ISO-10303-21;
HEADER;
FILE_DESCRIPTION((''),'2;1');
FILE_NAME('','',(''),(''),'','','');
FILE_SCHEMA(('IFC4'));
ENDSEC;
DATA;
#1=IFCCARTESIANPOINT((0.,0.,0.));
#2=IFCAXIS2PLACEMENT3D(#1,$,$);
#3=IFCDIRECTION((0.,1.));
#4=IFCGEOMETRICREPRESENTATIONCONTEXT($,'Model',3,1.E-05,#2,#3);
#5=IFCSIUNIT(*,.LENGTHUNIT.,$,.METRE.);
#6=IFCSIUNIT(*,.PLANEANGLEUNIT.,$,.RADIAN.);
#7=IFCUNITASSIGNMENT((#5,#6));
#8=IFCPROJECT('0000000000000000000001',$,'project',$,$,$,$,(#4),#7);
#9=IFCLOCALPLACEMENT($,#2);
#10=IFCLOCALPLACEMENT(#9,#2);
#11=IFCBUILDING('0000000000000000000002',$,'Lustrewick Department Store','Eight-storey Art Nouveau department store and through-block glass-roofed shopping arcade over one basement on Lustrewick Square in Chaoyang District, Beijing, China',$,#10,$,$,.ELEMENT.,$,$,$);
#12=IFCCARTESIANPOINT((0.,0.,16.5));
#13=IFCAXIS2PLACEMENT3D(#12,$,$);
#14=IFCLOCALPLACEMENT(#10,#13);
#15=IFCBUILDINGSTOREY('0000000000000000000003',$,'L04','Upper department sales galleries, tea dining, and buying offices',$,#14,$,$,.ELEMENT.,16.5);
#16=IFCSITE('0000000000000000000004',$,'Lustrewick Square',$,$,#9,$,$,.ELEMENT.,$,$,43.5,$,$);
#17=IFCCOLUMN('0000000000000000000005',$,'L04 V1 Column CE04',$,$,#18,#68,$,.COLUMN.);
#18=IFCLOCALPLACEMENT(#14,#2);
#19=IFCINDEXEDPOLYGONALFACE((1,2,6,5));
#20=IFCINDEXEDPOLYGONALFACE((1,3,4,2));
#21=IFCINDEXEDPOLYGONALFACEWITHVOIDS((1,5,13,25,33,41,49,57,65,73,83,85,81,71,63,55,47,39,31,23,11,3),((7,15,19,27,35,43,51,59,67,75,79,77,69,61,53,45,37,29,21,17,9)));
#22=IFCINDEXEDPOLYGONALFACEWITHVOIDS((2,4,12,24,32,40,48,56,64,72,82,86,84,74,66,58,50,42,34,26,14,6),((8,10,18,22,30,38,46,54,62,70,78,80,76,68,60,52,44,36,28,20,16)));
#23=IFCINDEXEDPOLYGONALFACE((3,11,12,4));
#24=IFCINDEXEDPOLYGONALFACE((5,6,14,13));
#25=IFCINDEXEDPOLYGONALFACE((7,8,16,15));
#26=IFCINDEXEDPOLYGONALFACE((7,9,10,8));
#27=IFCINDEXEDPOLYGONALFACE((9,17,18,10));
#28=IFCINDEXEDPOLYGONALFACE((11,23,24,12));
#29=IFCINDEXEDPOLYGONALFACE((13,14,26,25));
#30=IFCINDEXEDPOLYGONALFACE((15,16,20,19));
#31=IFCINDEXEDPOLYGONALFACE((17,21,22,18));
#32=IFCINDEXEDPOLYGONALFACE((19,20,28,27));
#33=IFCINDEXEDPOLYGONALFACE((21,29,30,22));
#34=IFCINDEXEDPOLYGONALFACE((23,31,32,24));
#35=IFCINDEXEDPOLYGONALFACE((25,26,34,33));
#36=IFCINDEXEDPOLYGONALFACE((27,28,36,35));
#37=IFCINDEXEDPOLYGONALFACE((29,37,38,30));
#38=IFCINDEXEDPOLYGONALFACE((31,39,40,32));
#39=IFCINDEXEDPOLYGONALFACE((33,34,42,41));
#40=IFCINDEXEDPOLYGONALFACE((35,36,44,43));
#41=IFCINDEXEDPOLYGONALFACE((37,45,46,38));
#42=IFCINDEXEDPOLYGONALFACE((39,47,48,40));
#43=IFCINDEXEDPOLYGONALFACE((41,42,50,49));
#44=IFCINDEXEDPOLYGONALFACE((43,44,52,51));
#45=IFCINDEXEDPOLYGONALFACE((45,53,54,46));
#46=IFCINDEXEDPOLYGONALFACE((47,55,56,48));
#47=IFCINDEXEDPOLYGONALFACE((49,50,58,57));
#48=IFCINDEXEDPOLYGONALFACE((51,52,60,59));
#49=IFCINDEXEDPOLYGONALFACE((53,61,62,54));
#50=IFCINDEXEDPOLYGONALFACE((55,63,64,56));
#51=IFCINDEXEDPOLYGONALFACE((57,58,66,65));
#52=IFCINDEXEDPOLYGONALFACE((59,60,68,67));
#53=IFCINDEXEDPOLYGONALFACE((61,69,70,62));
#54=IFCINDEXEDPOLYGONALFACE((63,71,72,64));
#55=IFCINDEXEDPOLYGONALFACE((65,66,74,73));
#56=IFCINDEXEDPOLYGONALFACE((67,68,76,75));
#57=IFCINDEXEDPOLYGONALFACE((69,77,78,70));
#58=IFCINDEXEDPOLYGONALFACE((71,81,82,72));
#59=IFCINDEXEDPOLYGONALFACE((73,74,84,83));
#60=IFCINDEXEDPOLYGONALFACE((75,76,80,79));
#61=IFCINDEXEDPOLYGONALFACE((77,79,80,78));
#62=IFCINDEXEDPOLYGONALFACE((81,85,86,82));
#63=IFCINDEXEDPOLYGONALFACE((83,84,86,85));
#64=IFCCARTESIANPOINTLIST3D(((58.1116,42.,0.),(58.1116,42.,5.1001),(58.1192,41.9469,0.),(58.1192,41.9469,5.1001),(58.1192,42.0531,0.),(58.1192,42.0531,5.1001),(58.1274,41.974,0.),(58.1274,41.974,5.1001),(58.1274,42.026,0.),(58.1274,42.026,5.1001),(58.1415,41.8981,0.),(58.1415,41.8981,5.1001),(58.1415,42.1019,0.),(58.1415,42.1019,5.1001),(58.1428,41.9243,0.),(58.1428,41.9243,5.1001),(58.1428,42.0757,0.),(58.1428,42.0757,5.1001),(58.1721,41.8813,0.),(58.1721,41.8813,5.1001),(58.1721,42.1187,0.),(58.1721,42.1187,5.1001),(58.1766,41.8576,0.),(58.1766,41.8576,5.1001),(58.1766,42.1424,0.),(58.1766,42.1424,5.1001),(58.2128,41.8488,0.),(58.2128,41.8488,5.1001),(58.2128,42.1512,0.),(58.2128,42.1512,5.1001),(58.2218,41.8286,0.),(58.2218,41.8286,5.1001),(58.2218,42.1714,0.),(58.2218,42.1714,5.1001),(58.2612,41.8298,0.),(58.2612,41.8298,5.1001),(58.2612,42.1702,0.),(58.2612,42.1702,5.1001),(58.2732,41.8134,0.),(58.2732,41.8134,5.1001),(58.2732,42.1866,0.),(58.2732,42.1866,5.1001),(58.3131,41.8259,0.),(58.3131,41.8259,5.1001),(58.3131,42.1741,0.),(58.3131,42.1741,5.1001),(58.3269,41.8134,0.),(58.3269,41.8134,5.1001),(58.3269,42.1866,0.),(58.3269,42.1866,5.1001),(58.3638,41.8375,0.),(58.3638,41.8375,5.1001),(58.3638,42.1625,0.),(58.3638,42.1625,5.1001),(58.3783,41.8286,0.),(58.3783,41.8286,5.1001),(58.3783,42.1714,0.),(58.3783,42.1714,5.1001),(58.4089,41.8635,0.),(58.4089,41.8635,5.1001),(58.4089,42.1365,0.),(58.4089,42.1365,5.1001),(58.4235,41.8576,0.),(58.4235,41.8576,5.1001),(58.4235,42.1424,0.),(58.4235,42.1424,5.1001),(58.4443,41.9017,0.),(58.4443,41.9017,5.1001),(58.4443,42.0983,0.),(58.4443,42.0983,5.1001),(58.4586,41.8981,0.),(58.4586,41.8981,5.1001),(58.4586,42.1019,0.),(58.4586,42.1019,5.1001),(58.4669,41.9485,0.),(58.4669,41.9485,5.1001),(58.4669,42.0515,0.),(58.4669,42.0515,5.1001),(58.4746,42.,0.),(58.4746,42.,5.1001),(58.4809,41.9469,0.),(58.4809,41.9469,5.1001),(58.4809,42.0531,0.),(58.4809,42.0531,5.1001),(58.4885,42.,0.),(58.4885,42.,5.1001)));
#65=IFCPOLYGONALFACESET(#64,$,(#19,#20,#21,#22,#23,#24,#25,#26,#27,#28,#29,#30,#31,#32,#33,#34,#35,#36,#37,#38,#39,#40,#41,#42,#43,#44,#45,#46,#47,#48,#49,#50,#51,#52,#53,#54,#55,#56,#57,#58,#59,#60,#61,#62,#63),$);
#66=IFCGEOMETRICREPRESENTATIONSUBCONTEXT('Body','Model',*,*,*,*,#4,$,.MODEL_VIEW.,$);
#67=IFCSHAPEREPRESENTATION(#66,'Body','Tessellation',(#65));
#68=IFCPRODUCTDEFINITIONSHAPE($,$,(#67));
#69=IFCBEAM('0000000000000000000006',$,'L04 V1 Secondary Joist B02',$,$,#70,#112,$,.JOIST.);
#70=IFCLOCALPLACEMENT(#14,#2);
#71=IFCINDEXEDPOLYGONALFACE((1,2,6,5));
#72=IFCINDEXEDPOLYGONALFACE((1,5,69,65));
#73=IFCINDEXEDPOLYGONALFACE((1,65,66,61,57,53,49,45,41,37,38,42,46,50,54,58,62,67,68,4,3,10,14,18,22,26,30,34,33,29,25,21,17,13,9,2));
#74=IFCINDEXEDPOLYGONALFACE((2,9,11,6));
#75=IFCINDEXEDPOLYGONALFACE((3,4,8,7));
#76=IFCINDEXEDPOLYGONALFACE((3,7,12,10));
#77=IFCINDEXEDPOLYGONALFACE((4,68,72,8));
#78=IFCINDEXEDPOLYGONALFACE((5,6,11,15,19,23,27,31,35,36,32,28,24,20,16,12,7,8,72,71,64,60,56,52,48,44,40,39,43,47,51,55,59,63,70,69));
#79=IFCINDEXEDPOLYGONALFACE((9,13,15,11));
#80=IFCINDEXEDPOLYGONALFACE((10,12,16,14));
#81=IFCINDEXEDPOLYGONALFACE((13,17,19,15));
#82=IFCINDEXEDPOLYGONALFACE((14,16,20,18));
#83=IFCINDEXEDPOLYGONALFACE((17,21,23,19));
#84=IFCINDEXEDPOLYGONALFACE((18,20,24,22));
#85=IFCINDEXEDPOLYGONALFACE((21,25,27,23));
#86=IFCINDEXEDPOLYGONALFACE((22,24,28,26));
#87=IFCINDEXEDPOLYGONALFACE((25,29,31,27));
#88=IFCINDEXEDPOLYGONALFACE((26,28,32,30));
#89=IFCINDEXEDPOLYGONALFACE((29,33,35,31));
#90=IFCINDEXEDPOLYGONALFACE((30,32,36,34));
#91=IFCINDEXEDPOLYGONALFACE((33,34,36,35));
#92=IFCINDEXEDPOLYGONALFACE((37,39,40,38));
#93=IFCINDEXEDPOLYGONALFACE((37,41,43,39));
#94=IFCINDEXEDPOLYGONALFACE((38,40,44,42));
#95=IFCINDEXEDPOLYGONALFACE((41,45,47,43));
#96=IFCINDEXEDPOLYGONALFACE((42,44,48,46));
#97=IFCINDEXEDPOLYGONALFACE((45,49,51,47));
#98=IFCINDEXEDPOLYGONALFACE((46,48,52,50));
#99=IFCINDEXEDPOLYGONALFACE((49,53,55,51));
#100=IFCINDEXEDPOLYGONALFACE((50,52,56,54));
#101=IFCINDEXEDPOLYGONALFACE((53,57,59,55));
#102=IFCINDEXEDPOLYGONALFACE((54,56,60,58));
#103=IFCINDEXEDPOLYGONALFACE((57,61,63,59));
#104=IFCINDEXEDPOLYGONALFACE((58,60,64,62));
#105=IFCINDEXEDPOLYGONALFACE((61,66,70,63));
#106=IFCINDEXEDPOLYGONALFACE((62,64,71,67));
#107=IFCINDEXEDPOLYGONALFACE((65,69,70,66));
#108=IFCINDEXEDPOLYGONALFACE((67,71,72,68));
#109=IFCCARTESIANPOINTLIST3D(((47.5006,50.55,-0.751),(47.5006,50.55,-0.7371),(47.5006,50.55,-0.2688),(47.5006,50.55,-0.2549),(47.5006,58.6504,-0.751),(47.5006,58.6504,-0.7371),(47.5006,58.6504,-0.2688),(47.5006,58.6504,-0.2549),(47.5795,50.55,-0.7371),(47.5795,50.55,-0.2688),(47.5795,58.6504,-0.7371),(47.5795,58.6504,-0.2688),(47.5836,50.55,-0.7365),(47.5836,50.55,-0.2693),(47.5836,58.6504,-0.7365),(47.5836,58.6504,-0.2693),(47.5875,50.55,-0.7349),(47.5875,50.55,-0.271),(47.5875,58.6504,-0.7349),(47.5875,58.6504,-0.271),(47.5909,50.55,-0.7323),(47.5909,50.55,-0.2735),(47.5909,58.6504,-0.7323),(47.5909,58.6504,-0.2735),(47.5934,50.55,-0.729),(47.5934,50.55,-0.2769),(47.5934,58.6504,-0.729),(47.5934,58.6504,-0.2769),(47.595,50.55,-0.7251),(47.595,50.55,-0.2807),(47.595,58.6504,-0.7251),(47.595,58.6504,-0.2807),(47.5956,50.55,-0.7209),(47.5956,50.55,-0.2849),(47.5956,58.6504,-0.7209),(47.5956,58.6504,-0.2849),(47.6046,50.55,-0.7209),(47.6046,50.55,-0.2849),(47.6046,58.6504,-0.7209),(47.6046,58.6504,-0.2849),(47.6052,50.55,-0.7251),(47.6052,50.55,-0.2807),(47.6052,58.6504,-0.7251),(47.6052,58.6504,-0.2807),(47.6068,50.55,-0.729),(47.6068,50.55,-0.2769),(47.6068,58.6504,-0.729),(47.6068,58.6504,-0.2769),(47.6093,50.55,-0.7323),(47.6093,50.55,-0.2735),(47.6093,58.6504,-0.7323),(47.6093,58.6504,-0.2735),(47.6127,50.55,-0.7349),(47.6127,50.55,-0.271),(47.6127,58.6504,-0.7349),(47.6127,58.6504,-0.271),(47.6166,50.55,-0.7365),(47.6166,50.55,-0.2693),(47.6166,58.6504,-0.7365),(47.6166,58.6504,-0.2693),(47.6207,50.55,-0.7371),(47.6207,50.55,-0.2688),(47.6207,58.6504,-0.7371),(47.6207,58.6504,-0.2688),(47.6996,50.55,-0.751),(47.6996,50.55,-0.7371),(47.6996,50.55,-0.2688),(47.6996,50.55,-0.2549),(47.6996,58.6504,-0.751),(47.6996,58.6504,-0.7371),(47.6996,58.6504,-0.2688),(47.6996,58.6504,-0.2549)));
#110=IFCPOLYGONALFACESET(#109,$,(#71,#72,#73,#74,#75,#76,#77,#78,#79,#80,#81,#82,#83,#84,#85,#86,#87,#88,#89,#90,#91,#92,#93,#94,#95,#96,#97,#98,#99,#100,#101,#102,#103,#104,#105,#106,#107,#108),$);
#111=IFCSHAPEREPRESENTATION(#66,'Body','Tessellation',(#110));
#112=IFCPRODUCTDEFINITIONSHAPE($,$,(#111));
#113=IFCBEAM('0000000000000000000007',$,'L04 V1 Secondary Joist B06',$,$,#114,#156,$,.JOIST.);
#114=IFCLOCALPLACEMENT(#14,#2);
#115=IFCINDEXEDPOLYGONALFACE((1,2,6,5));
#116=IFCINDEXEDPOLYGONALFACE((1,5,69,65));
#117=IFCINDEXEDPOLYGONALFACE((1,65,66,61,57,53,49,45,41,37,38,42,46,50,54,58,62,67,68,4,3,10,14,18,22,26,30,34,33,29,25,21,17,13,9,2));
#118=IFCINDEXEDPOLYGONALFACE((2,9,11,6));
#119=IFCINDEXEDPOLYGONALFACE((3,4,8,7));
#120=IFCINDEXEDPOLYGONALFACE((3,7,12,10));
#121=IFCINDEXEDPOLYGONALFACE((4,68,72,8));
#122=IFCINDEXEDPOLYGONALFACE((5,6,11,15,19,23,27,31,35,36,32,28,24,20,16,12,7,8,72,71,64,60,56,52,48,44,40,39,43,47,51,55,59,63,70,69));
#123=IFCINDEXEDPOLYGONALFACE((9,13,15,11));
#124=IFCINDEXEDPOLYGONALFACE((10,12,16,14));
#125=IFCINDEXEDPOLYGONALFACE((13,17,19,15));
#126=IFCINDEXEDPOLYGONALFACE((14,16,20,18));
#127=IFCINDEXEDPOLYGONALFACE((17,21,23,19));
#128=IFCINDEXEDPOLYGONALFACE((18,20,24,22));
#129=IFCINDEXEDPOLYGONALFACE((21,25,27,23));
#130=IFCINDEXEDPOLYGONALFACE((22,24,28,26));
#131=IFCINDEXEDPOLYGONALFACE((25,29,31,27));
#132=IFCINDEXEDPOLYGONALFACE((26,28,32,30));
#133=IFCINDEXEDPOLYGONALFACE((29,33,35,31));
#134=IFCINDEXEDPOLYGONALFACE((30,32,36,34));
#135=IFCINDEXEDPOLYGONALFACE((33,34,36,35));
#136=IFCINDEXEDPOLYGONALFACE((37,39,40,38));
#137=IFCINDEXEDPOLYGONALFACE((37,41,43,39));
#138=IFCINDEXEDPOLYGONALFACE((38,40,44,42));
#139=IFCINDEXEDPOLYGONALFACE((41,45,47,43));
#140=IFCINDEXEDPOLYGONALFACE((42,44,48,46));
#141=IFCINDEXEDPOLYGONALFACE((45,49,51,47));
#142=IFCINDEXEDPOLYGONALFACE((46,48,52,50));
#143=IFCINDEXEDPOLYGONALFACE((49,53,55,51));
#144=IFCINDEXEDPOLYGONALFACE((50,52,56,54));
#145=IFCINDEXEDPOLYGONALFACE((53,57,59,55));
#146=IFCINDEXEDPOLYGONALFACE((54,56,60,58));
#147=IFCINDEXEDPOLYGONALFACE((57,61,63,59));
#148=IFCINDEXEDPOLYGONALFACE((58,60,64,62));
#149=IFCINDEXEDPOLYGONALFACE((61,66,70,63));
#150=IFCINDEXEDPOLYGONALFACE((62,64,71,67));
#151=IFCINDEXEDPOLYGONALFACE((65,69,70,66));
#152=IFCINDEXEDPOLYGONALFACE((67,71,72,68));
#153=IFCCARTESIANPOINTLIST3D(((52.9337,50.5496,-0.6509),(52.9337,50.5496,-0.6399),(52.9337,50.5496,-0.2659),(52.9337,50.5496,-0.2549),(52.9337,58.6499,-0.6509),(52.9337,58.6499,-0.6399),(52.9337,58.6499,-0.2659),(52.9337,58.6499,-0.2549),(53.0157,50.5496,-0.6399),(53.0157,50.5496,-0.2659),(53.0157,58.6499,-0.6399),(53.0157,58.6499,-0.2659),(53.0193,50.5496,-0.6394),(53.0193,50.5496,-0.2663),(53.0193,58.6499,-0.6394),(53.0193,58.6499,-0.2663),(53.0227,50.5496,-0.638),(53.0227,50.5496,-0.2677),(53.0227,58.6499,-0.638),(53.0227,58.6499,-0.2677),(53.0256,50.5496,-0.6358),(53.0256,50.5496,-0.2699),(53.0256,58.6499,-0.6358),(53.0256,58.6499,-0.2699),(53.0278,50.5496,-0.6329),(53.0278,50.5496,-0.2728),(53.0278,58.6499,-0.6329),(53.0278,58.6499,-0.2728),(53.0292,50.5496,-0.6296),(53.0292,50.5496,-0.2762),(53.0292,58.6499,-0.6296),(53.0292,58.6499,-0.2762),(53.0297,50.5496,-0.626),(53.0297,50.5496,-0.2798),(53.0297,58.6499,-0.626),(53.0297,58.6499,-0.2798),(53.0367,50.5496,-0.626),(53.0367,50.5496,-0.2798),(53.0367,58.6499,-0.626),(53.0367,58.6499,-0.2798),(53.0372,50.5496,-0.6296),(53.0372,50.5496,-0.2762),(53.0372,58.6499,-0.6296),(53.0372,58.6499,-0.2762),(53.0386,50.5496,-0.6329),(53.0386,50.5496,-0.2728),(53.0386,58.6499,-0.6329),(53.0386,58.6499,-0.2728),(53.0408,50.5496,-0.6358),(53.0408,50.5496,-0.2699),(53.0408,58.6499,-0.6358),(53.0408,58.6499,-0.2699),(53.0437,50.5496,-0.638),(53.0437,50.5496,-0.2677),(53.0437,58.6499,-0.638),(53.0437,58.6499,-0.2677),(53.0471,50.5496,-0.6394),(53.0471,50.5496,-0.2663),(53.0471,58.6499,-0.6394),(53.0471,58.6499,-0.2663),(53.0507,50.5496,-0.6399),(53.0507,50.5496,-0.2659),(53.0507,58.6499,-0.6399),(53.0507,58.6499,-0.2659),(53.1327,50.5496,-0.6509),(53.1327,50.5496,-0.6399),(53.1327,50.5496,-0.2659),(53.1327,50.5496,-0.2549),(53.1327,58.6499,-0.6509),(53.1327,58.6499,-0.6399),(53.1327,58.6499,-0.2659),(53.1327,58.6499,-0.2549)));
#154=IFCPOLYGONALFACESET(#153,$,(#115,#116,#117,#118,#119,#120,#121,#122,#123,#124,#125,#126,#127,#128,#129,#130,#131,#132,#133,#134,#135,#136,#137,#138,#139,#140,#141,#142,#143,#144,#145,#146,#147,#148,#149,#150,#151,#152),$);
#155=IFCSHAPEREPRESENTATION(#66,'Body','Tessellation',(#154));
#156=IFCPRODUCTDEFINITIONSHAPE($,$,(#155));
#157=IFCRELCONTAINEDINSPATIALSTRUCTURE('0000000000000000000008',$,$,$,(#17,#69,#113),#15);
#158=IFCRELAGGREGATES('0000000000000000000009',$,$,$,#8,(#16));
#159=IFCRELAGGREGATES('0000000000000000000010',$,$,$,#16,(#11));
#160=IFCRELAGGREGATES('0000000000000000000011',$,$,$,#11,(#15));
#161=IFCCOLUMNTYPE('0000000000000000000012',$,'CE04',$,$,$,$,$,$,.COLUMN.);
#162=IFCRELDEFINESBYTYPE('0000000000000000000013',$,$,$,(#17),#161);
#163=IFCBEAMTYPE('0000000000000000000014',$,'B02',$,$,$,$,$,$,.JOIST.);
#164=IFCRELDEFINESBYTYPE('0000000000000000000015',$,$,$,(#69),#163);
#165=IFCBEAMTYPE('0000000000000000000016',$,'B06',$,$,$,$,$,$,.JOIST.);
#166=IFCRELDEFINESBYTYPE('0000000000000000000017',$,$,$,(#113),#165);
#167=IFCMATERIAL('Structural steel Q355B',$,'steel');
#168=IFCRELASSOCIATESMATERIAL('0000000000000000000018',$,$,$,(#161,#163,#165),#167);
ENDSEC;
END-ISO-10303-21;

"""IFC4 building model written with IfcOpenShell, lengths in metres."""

from ifc_helpers import new_model, si_unit, direction, frame, origin, origin_2d, place, context, subcontext, project, spatial, hollow_circle, i_section, extrude, material, material_profile, profile_set, type_object, element, save


model = new_model("IFC4")

# Units and contexts
model_context = context("Model", 3, precision=1e-05, world=origin(), true_north=direction((0.0, 1.0)))
body_context = subcontext(model_context, "Body", "Model", "MODEL_VIEW")
ifc_project = project(units=[si_unit("LENGTHUNIT", "METRE"), si_unit("PLANEANGLEUNIT", "RADIAN")], contexts=[model_context])

# Site, building, storey
site_placement = place(None, origin())
site = spatial("IfcSite", under=ifc_project, at=site_placement, Name="Lustrewick Square", CompositionType="ELEMENT", RefElevation=43.5)
building_placement = place(site_placement, origin())
building = spatial("IfcBuilding", under=site, at=building_placement, Name="Lustrewick Department Store", Description="Eight-storey Art Nouveau department store and through-block glass-roofed shopping arcade over one basement on Lustrewick Square in Chaoyang District, Beijing, China", CompositionType="ELEMENT")
storey_placement = place(building_placement, frame((0.0, 0.0, 16.5)))
storey = spatial("IfcBuildingStorey", under=building, at=storey_placement, Name="L04", Description="Upper department sales galleries, tea dining, and buying offices", CompositionType="ELEMENT", Elevation=16.5)

# Column
ifc_material_1 = material(Name="Structural steel Q355B", Category="steel")
ifc_material_profile_1 = material_profile(ifc_material_1, hollow_circle(Radius=0.1885, WallThickness=0.0139, at=origin_2d()), Name="CHS 377x14")
ifc_profile_set_1 = profile_set([ifc_material_profile_1], Name="Structural steel Q355B")
column_type_1 = type_object("IfcColumnType", Name="CE04", PredefinedType="COLUMN", material=ifc_profile_set_1)
column_1_placement = place(storey_placement, frame((58.3, 42.0, 0.0), z_axis=(0.0, 0.0, 1.0), x_axis=(1.0, 0.0, 0.0)))
element("IfcColumn", 1, at=column_1_placement, inside=storey, type_object=column_type_1, Name="L04 V1 Column CE04", PredefinedType="COLUMN", context=body_context, shape_type="SweptSolid", body=[
    extrude(hollow_circle(Radius=0.1885, WallThickness=0.0139, at=origin_2d()), origin(), (0.0, 0.0, 1.0), 5.1001),
])

# Beams
ifc_material_profile_2 = material_profile(ifc_material_1, i_section(OverallWidth=0.199, OverallDepth=0.4961, WebThickness=0.009, FlangeThickness=0.0139, FilletRadius=0.0161, at=origin_2d()), Name="HN 496x199x9x14")
ifc_profile_set_2 = profile_set([ifc_material_profile_2], Name="Structural steel Q355B")
beam_type_1 = type_object("IfcBeamType", Name="B02", PredefinedType="JOIST", material=ifc_profile_set_2)
beam_1_placement = place(storey_placement, frame((47.6001, 50.55, -0.5029), z_axis=(0.0, 1.0, 0.0), x_axis=(-1.0, 0.0, 0.0)))
element("IfcBeam", 2, at=beam_1_placement, inside=storey, type_object=beam_type_1, Name="L04 V1 Secondary Joist B02", PredefinedType="JOIST", context=body_context, shape_type="SweptSolid", body=[
    extrude(i_section(OverallWidth=0.199, OverallDepth=0.4961, WebThickness=0.009, FlangeThickness=0.0139, FilletRadius=0.0161, at=origin_2d()), origin(), (0.0, 0.0, 1.0), 8.1003),
])
ifc_material_profile_3 = material_profile(ifc_material_1, i_section(OverallWidth=0.199, OverallDepth=0.396, WebThickness=0.0071, FlangeThickness=0.011, FilletRadius=0.0139, at=origin_2d()), Name="HN 396x199x7x11")
ifc_profile_set_3 = profile_set([ifc_material_profile_3], Name="Structural steel Q355B")
beam_type_2 = type_object("IfcBeamType", Name="B06", PredefinedType="JOIST", material=ifc_profile_set_3)
beam_2_placement = place(storey_placement, frame((53.0332, 50.5496, -0.4529), z_axis=(0.0, 1.0, 0.0), x_axis=(-1.0, 0.0, 0.0)))
element("IfcBeam", 3, at=beam_2_placement, inside=storey, type_object=beam_type_2, Name="L04 V1 Secondary Joist B06", PredefinedType="JOIST", context=body_context, shape_type="SweptSolid", body=[
    extrude(i_section(OverallWidth=0.199, OverallDepth=0.396, WebThickness=0.0071, FlangeThickness=0.011, FilletRadius=0.0139, at=origin_2d()), origin(), (0.0, 0.0, 1.0), 8.1003),
])

save(model, "model.ifc")
